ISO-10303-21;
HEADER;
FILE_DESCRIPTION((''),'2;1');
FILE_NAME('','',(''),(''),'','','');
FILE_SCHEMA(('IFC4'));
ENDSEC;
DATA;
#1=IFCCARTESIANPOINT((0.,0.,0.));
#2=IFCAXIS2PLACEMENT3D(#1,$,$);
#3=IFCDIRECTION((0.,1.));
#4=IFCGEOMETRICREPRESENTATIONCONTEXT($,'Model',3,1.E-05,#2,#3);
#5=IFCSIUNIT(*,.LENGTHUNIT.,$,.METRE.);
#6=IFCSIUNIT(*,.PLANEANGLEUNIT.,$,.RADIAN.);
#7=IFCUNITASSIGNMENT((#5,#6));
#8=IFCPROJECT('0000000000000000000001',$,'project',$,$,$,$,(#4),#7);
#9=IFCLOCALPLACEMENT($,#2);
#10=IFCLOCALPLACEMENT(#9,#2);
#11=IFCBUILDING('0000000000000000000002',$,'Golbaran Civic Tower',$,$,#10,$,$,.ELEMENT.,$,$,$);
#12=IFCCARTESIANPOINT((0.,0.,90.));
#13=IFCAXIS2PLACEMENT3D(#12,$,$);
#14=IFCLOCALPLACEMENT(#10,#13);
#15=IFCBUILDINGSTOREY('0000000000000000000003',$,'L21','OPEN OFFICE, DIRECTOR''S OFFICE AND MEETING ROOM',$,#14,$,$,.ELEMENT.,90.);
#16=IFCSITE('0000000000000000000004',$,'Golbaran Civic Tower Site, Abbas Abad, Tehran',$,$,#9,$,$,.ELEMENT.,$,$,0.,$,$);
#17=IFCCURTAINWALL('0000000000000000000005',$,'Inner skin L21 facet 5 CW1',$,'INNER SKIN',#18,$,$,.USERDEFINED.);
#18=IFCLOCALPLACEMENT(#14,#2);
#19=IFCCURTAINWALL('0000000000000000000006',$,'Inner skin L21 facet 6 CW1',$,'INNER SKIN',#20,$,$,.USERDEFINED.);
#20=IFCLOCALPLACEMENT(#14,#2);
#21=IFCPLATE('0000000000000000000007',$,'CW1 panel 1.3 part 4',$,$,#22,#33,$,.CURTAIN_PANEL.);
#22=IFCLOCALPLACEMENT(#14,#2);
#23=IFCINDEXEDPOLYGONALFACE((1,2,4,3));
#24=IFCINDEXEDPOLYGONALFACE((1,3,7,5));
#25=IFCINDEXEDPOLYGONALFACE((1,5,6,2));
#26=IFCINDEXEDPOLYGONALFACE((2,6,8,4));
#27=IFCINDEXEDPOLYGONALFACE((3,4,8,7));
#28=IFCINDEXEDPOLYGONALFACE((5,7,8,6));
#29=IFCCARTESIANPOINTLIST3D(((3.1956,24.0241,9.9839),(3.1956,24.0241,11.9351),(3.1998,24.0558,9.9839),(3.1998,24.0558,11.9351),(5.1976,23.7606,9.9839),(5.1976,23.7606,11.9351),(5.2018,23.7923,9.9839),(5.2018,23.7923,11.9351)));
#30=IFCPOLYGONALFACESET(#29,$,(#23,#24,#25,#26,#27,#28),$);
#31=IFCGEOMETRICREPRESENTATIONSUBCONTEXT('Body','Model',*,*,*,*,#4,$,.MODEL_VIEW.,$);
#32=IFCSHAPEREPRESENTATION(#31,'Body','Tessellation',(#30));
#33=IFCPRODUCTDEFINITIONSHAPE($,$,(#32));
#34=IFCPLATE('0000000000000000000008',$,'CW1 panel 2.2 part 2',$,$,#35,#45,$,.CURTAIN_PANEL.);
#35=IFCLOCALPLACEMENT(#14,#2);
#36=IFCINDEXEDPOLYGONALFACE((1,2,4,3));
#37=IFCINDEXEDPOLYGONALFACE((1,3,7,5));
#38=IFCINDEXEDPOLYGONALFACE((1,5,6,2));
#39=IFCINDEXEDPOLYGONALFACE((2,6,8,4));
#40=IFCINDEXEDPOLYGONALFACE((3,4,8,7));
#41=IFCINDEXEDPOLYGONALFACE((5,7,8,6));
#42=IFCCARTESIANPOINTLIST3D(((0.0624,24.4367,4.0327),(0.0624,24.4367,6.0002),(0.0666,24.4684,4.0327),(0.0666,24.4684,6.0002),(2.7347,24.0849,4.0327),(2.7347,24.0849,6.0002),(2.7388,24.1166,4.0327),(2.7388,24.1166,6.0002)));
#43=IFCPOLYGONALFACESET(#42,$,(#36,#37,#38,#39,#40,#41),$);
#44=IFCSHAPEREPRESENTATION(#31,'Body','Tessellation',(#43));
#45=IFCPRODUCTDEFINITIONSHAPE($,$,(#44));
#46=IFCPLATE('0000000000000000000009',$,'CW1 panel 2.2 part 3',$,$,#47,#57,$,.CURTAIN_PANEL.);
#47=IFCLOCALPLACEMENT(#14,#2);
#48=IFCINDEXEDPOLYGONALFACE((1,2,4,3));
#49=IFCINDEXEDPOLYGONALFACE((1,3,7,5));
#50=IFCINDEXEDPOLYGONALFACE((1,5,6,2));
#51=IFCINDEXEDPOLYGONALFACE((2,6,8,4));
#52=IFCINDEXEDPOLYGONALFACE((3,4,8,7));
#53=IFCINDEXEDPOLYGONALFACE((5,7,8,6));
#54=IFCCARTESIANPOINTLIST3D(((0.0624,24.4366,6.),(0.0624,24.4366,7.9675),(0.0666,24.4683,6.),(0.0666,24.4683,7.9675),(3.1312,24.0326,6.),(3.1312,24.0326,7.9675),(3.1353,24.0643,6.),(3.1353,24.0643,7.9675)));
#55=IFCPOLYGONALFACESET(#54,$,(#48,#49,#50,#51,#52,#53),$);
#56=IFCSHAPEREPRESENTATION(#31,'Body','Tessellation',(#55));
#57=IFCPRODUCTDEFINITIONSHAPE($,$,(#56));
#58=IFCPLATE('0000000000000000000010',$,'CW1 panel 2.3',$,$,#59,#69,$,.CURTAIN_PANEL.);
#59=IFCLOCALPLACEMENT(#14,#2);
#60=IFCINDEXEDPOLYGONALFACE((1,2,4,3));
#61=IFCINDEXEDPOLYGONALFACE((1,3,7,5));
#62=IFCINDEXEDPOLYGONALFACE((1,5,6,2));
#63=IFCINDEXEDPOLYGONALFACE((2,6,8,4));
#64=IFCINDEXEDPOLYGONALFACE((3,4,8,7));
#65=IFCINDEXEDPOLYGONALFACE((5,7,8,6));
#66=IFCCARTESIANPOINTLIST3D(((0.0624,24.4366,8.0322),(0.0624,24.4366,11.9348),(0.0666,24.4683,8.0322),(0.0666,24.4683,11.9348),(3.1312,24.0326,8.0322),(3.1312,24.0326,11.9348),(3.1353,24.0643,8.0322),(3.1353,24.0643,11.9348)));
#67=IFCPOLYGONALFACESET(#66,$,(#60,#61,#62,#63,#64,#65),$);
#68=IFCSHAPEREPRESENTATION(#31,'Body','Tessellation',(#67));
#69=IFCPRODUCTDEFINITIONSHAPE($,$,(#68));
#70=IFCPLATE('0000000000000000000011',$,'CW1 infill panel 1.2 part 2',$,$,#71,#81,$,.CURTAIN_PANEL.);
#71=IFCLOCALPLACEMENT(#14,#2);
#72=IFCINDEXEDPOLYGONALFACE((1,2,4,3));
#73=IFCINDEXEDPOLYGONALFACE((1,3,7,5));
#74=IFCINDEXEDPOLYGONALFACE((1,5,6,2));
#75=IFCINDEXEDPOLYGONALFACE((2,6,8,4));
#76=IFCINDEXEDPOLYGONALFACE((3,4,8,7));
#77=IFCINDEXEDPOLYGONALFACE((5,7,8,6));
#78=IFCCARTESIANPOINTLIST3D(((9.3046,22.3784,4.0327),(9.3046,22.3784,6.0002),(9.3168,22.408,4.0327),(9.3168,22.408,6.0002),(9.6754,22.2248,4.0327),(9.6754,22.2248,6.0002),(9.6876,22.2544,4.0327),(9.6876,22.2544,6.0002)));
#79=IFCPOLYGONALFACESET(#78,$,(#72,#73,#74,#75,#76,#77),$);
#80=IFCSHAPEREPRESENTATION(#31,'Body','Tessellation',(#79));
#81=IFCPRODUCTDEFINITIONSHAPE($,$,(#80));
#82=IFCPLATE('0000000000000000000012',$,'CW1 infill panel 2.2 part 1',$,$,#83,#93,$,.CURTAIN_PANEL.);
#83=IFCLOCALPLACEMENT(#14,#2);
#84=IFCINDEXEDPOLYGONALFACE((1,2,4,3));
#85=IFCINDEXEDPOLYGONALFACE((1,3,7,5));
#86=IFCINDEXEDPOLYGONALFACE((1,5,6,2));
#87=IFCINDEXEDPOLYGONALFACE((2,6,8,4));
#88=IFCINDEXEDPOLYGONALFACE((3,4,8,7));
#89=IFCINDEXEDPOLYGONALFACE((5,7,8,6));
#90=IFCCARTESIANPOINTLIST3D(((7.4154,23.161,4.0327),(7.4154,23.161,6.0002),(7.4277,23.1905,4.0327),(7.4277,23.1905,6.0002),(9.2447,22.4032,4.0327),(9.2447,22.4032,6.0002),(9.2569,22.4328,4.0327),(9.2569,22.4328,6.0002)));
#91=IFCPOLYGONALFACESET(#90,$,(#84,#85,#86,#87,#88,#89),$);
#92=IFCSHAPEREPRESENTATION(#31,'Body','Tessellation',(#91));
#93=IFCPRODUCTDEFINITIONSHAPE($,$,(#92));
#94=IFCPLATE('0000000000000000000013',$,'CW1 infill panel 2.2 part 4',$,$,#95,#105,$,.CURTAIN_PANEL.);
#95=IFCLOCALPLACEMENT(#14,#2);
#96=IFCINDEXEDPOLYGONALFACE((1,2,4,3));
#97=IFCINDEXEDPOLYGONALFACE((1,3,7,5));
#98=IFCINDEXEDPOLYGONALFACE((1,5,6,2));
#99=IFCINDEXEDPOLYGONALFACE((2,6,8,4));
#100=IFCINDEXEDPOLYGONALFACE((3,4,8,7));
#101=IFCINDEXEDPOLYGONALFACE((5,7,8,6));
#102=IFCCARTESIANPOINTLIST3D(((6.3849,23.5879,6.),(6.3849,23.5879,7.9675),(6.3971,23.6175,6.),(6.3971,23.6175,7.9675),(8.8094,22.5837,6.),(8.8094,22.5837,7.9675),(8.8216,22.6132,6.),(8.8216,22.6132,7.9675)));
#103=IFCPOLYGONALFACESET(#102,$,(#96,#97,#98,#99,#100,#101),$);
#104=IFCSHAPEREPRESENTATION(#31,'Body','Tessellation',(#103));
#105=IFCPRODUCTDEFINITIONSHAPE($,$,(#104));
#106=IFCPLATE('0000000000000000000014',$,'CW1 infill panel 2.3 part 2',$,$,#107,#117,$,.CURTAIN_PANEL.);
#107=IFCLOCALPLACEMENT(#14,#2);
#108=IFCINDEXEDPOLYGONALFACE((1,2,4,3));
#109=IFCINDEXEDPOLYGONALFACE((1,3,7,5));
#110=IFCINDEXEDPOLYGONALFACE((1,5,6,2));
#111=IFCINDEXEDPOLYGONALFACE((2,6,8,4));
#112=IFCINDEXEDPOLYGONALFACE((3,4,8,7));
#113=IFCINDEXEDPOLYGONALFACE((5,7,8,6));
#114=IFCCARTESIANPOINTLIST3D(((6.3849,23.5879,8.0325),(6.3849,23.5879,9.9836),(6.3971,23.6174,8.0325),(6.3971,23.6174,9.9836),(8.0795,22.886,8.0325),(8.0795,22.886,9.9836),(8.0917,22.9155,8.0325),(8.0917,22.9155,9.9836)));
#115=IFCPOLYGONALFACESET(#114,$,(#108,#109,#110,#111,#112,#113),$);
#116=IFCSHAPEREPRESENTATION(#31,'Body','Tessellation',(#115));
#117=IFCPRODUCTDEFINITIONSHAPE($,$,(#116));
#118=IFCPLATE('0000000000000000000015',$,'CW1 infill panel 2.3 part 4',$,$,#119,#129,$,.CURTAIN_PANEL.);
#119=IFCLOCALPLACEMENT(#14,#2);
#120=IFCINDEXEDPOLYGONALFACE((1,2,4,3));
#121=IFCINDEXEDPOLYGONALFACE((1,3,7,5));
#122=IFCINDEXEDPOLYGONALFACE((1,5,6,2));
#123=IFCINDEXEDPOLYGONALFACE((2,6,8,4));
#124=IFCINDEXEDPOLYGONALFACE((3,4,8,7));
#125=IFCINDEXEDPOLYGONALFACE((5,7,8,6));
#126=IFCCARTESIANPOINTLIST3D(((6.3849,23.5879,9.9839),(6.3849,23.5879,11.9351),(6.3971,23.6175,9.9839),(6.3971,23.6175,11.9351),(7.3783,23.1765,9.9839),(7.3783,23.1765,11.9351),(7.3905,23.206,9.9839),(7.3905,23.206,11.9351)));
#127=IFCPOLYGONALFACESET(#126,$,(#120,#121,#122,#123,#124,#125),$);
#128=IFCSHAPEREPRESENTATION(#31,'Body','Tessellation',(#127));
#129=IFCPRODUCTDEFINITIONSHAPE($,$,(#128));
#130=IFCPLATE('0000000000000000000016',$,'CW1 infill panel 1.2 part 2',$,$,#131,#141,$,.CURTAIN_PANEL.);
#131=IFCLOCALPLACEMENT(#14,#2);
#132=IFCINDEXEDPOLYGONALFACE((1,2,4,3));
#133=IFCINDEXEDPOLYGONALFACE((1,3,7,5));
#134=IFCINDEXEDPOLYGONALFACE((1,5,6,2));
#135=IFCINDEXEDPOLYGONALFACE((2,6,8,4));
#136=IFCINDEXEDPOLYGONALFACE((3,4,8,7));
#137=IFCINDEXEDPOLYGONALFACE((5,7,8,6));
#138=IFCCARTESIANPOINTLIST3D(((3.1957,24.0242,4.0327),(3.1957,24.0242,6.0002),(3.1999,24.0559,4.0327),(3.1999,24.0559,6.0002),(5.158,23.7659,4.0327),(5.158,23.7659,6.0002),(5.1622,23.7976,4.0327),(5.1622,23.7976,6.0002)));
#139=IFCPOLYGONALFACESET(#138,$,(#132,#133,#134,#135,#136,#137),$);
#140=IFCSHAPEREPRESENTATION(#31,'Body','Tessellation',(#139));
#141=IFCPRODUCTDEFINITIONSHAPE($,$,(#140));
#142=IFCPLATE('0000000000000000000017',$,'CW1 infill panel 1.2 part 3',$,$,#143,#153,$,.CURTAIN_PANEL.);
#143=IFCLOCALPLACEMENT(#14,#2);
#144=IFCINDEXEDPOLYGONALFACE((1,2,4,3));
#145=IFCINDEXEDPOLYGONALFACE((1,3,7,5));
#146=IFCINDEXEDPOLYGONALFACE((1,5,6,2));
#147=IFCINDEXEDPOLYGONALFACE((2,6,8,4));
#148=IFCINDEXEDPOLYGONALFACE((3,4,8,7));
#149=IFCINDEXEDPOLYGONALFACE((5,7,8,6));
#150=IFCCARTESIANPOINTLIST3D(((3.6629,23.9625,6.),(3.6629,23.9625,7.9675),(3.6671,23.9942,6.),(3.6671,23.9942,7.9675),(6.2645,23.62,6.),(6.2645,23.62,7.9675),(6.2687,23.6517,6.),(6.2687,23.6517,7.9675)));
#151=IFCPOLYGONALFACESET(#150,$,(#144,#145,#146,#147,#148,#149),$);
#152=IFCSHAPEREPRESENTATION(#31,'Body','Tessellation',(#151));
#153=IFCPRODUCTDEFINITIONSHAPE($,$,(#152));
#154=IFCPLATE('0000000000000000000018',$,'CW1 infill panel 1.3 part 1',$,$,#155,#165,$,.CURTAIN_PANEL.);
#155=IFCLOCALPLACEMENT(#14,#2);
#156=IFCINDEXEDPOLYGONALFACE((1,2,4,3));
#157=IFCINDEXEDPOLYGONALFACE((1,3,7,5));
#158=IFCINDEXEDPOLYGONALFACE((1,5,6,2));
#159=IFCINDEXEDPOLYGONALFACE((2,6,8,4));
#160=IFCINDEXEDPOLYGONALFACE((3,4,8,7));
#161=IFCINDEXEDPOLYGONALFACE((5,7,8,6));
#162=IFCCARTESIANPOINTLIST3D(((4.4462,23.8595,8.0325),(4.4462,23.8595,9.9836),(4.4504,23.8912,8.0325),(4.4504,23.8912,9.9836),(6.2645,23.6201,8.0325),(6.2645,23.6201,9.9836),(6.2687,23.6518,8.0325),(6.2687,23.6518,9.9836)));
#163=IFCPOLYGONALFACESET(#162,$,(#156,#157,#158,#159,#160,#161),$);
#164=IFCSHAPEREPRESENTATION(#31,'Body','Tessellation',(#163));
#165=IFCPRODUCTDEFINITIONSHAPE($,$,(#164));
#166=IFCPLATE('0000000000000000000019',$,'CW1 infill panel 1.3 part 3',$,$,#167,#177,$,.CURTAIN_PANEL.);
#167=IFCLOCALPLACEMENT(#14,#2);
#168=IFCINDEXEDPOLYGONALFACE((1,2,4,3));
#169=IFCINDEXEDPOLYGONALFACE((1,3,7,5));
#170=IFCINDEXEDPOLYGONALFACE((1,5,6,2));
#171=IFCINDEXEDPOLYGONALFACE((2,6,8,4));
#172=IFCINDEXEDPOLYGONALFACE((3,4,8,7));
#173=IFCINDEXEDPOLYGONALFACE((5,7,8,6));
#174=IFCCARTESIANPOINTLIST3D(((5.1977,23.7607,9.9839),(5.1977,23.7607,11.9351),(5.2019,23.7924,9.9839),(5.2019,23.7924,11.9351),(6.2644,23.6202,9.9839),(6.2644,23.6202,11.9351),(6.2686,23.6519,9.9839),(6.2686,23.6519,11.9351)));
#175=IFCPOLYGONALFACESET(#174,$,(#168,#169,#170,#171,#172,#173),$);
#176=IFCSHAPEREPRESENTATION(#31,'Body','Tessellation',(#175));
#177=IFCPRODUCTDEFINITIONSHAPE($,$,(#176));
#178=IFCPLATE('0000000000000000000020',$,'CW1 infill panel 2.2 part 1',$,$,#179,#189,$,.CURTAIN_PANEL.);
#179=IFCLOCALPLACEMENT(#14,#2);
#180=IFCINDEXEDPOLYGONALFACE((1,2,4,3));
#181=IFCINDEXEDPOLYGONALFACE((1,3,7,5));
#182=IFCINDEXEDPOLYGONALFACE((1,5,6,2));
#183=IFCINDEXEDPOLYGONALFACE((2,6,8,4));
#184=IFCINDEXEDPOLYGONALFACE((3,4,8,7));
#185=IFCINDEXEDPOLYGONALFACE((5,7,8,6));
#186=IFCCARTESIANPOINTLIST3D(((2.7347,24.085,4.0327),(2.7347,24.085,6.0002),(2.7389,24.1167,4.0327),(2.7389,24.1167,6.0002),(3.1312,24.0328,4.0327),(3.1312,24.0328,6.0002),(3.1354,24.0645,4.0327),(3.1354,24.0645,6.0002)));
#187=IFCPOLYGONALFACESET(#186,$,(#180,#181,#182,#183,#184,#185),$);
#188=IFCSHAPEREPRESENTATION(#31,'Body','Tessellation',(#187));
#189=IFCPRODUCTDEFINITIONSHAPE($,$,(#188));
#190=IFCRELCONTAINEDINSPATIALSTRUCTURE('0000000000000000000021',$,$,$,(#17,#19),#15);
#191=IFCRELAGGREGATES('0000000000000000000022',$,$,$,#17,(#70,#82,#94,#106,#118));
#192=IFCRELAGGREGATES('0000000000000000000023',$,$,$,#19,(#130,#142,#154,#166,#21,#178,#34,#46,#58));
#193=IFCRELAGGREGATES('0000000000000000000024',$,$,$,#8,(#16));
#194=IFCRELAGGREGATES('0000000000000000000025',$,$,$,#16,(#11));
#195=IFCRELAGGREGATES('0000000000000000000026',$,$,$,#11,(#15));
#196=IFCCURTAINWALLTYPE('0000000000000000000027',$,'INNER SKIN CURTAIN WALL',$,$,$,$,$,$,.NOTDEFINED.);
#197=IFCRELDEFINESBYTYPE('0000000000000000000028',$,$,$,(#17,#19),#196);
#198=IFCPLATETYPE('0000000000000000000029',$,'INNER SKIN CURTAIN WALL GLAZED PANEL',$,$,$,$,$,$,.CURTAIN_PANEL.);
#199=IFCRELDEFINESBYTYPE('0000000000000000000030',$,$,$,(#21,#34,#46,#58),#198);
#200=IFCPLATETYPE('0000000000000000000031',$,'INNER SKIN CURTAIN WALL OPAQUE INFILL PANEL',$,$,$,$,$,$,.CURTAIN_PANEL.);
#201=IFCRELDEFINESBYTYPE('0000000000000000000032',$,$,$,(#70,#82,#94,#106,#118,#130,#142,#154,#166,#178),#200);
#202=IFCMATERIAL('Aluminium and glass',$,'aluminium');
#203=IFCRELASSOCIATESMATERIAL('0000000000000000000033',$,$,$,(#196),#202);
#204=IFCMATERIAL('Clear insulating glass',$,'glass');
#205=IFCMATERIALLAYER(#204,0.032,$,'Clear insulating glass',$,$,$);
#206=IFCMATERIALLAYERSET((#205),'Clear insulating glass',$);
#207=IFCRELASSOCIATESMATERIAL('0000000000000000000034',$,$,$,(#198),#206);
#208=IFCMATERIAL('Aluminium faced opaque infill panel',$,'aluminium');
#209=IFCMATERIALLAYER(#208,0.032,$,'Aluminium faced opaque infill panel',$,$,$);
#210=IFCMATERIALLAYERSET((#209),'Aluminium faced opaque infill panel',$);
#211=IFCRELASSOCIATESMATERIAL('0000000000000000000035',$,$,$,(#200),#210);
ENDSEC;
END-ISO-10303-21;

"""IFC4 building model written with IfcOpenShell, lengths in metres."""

from ifc_helpers import new_model, si_unit, direction, frame, origin, origin_2d, place, context, subcontext, project, spatial, rectangle, extrude, material, layer, layer_set, type_object, element, aggregate, save


model = new_model("IFC4")

# Units and contexts
model_context = context("Model", 3, precision=1e-05, world=origin(), true_north=direction((0.0, 1.0)))
body_context = subcontext(model_context, "Body", "Model", "MODEL_VIEW")
ifc_project = project(units=[si_unit("LENGTHUNIT", "METRE"), si_unit("PLANEANGLEUNIT", "RADIAN")], contexts=[model_context])

# Site, building, storey
site_placement = place(None, origin())
site = spatial("IfcSite", under=ifc_project, at=site_placement, Name="Golbaran Civic Tower Site, Abbas Abad, Tehran", CompositionType="ELEMENT", RefElevation=0.0)
building_placement = place(site_placement, origin())
building = spatial("IfcBuilding", under=site, at=building_placement, Name="Golbaran Civic Tower", CompositionType="ELEMENT")
storey_placement = place(building_placement, frame((0.0, 0.0, 90.0)))
storey = spatial("IfcBuildingStorey", under=building, at=storey_placement, Name="L21", Description="OPEN OFFICE, DIRECTOR'S OFFICE AND MEETING ROOM", CompositionType="ELEMENT", Elevation=90.0)

# Curtain walls
ifc_material_1 = material(Name="Aluminium and glass", Category="aluminium")
curtain_wall_type = type_object("IfcCurtainWallType", Name="INNER SKIN CURTAIN WALL", PredefinedType="NOTDEFINED", material=ifc_material_1)
curtain_wall_1_placement = place(storey_placement, origin())
curtain_wall_1 = element("IfcCurtainWall", 1, at=curtain_wall_1_placement, inside=storey, type_object=curtain_wall_type, Name="Inner skin L21 facet 5 CW1", ObjectType="INNER SKIN", PredefinedType="USERDEFINED")
curtain_wall_2_placement = place(storey_placement, origin())
curtain_wall_2 = element("IfcCurtainWall", 2, at=curtain_wall_2_placement, inside=storey, type_object=curtain_wall_type, Name="Inner skin L21 facet 6 CW1", ObjectType="INNER SKIN", PredefinedType="USERDEFINED")

# Plates
ifc_material_2 = material(Name="Clear insulating glass", Category="glass")
ifc_layer_1 = layer(ifc_material_2, 0.032, Name="Clear insulating glass")
ifc_layer_set_1 = layer_set([ifc_layer_1], Name="Clear insulating glass")
plate_type_1 = type_object("IfcPlateType", Name="INNER SKIN CURTAIN WALL GLAZED PANEL", PredefinedType="CURTAIN_PANEL", material=ifc_layer_set_1)
plate_1_placement = place(storey_placement, frame((4.1987, 23.9082, 9.9839), z_axis=(0.0, 0.0, 1.0), x_axis=(-0.991445, 0.130526, 0.0)))
plate_1 = element("IfcPlate", 3, at=plate_1_placement, type_object=plate_type_1, Name="CW1 panel 1.3 part 4", PredefinedType="CURTAIN_PANEL", context=body_context, shape_type="SweptSolid", body=[
    extrude(rectangle(XDim=2.0193, YDim=0.032, at=origin_2d()), origin(), (0.0, 0.0, 1.0), 1.9512),
])
plate_2_placement = place(storey_placement, frame((1.4006, 24.2766, 4.0327), z_axis=(0.0, 0.0, 1.0), x_axis=(-0.991445, 0.130526, 0.0)))
plate_2 = element("IfcPlate", 4, at=plate_2_placement, type_object=plate_type_1, Name="CW1 panel 2.2 part 2", PredefinedType="CURTAIN_PANEL", context=body_context, shape_type="SweptSolid", body=[
    extrude(rectangle(XDim=2.6953, YDim=0.032, at=origin_2d()), origin(), (0.0, 0.0, 1.0), 1.9675),
])
plate_3_placement = place(storey_placement, frame((1.5989, 24.2505, 6.0), z_axis=(0.0, 0.0, 1.0), x_axis=(-0.991445, 0.130526, 0.0)))
plate_3 = element("IfcPlate", 5, at=plate_3_placement, type_object=plate_type_1, Name="CW1 panel 2.2 part 3", PredefinedType="CURTAIN_PANEL", context=body_context, shape_type="SweptSolid", body=[
    extrude(rectangle(XDim=3.0952, YDim=0.032, at=origin_2d()), origin(), (0.0, 0.0, 1.0), 1.9675),
])
plate_4_placement = place(storey_placement, frame((1.5989, 24.2505, 8.0322), z_axis=(0.0, 0.0, 1.0), x_axis=(-0.991445, 0.130526, 0.0)))
plate_4 = element("IfcPlate", 6, at=plate_4_placement, type_object=plate_type_1, Name="CW1 panel 2.3", PredefinedType="CURTAIN_PANEL", context=body_context, shape_type="SweptSolid", body=[
    extrude(rectangle(XDim=3.0952, YDim=0.032, at=origin_2d()), origin(), (0.0, 0.0, 1.0), 3.9026),
])
ifc_material_3 = material(Name="Aluminium faced opaque infill panel", Category="aluminium")
ifc_layer_2 = layer(ifc_material_3, 0.032, Name="Aluminium faced opaque infill panel")
ifc_layer_set_2 = layer_set([ifc_layer_2], Name="Aluminium faced opaque infill panel")
plate_type_2 = type_object("IfcPlateType", Name="INNER SKIN CURTAIN WALL OPAQUE INFILL PANEL", PredefinedType="CURTAIN_PANEL", material=ifc_layer_set_2)
plate_5_placement = place(storey_placement, frame((9.4961, 22.3164, 4.0327), z_axis=(0.0, 0.0, 1.0), x_axis=(-0.92388, 0.382683, 0.0)))
plate_5 = element("IfcPlate", 7, at=plate_5_placement, type_object=plate_type_2, Name="CW1 infill panel 1.2 part 2", PredefinedType="CURTAIN_PANEL", context=body_context, shape_type="SweptSolid", body=[
    extrude(rectangle(XDim=0.4014, YDim=0.032, at=origin_2d()), origin(), (0.0, 0.0, 1.0), 1.9675),
])
plate_6_placement = place(storey_placement, frame((8.3362, 22.7969, 4.0327), z_axis=(0.0, 0.0, 1.0), x_axis=(-0.92388, 0.382683, 0.0)))
plate_6 = element("IfcPlate", 8, at=plate_6_placement, type_object=plate_type_2, Name="CW1 infill panel 2.2 part 1", PredefinedType="CURTAIN_PANEL", context=body_context, shape_type="SweptSolid", body=[
    extrude(rectangle(XDim=1.98, YDim=0.032, at=origin_2d()), origin(), (0.0, 0.0, 1.0), 1.9675),
])
plate_7_placement = place(storey_placement, frame((7.6033, 23.1006, 6.0), z_axis=(0.0, 0.0, 1.0), x_axis=(-0.92388, 0.382683, 0.0)))
plate_7 = element("IfcPlate", 9, at=plate_7_placement, type_object=plate_type_2, Name="CW1 infill panel 2.2 part 4", PredefinedType="CURTAIN_PANEL", context=body_context, shape_type="SweptSolid", body=[
    extrude(rectangle(XDim=2.6243, YDim=0.032, at=origin_2d()), origin(), (0.0, 0.0, 1.0), 1.9675),
])
plate_8_placement = place(storey_placement, frame((7.2383, 23.2517, 8.0325), z_axis=(0.0, 0.0, 1.0), x_axis=(-0.92388, 0.382683, 0.0)))
plate_8 = element("IfcPlate", 10, at=plate_8_placement, type_object=plate_type_2, Name="CW1 infill panel 2.3 part 2", PredefinedType="CURTAIN_PANEL", context=body_context, shape_type="SweptSolid", body=[
    extrude(rectangle(XDim=1.8342, YDim=0.032, at=origin_2d()), origin(), (0.0, 0.0, 1.0), 1.9512),
])
plate_9_placement = place(storey_placement, frame((6.8877, 23.397, 9.9839), z_axis=(0.0, 0.0, 1.0), x_axis=(-0.92388, 0.382683, 0.0)))
plate_9 = element("IfcPlate", 11, at=plate_9_placement, type_object=plate_type_2, Name="CW1 infill panel 2.3 part 4", PredefinedType="CURTAIN_PANEL", context=body_context, shape_type="SweptSolid", body=[
    extrude(rectangle(XDim=1.0752, YDim=0.032, at=origin_2d()), origin(), (0.0, 0.0, 1.0), 1.9512),
])
aggregate(curtain_wall_1, [plate_5, plate_6, plate_7, plate_8, plate_9])
plate_10_placement = place(storey_placement, frame((4.179, 23.9109, 4.0327), z_axis=(0.0, 0.0, 1.0), x_axis=(-0.991445, 0.130526, 0.0)))
plate_10 = element("IfcPlate", 12, at=plate_10_placement, type_object=plate_type_2, Name="CW1 infill panel 1.2 part 2", PredefinedType="CURTAIN_PANEL", context=body_context, shape_type="SweptSolid", body=[
    extrude(rectangle(XDim=1.9792, YDim=0.032, at=origin_2d()), origin(), (0.0, 0.0, 1.0), 1.9675),
])
plate_11_placement = place(storey_placement, frame((4.9658, 23.8071, 6.0), z_axis=(0.0, 0.0, 1.0), x_axis=(-0.991445, 0.130526, 0.0)))
plate_11 = element("IfcPlate", 13, at=plate_11_placement, type_object=plate_type_2, Name="CW1 infill panel 1.2 part 3", PredefinedType="CURTAIN_PANEL", context=body_context, shape_type="SweptSolid", body=[
    extrude(rectangle(XDim=2.624, YDim=0.032, at=origin_2d()), origin(), (0.0, 0.0, 1.0), 1.9675),
])
plate_12_placement = place(storey_placement, frame((5.3574, 23.7556, 8.0325), z_axis=(0.0, 0.0, 1.0), x_axis=(-0.991445, 0.130526, 0.0)))
plate_12 = element("IfcPlate", 14, at=plate_12_placement, type_object=plate_type_2, Name="CW1 infill panel 1.3 part 1", PredefinedType="CURTAIN_PANEL", context=body_context, shape_type="SweptSolid", body=[
    extrude(rectangle(XDim=1.834, YDim=0.032, at=origin_2d()), origin(), (0.0, 0.0, 1.0), 1.9512),
])
plate_13_placement = place(storey_placement, frame((5.7332, 23.7063, 9.9839), z_axis=(0.0, 0.0, 1.0), x_axis=(-0.991445, 0.130526, 0.0)))
plate_13 = element("IfcPlate", 15, at=plate_13_placement, type_object=plate_type_2, Name="CW1 infill panel 1.3 part 3", PredefinedType="CURTAIN_PANEL", context=body_context, shape_type="SweptSolid", body=[
    extrude(rectangle(XDim=1.0759, YDim=0.032, at=origin_2d()), origin(), (0.0, 0.0, 1.0), 1.9512),
])
plate_14_placement = place(storey_placement, frame((2.9351, 24.0747, 4.0327), z_axis=(0.0, 0.0, 1.0), x_axis=(-0.991445, 0.130526, 0.0)))
plate_14 = element("IfcPlate", 16, at=plate_14_placement, type_object=plate_type_2, Name="CW1 infill panel 2.2 part 1", PredefinedType="CURTAIN_PANEL", context=body_context, shape_type="SweptSolid", body=[
    extrude(rectangle(XDim=0.3999, YDim=0.032, at=origin_2d()), origin(), (0.0, 0.0, 1.0), 1.9675),
])
aggregate(curtain_wall_2, [plate_10, plate_11, plate_12, plate_13, plate_1, plate_14, plate_2, plate_3, plate_4])

save(model, "model.ifc")
